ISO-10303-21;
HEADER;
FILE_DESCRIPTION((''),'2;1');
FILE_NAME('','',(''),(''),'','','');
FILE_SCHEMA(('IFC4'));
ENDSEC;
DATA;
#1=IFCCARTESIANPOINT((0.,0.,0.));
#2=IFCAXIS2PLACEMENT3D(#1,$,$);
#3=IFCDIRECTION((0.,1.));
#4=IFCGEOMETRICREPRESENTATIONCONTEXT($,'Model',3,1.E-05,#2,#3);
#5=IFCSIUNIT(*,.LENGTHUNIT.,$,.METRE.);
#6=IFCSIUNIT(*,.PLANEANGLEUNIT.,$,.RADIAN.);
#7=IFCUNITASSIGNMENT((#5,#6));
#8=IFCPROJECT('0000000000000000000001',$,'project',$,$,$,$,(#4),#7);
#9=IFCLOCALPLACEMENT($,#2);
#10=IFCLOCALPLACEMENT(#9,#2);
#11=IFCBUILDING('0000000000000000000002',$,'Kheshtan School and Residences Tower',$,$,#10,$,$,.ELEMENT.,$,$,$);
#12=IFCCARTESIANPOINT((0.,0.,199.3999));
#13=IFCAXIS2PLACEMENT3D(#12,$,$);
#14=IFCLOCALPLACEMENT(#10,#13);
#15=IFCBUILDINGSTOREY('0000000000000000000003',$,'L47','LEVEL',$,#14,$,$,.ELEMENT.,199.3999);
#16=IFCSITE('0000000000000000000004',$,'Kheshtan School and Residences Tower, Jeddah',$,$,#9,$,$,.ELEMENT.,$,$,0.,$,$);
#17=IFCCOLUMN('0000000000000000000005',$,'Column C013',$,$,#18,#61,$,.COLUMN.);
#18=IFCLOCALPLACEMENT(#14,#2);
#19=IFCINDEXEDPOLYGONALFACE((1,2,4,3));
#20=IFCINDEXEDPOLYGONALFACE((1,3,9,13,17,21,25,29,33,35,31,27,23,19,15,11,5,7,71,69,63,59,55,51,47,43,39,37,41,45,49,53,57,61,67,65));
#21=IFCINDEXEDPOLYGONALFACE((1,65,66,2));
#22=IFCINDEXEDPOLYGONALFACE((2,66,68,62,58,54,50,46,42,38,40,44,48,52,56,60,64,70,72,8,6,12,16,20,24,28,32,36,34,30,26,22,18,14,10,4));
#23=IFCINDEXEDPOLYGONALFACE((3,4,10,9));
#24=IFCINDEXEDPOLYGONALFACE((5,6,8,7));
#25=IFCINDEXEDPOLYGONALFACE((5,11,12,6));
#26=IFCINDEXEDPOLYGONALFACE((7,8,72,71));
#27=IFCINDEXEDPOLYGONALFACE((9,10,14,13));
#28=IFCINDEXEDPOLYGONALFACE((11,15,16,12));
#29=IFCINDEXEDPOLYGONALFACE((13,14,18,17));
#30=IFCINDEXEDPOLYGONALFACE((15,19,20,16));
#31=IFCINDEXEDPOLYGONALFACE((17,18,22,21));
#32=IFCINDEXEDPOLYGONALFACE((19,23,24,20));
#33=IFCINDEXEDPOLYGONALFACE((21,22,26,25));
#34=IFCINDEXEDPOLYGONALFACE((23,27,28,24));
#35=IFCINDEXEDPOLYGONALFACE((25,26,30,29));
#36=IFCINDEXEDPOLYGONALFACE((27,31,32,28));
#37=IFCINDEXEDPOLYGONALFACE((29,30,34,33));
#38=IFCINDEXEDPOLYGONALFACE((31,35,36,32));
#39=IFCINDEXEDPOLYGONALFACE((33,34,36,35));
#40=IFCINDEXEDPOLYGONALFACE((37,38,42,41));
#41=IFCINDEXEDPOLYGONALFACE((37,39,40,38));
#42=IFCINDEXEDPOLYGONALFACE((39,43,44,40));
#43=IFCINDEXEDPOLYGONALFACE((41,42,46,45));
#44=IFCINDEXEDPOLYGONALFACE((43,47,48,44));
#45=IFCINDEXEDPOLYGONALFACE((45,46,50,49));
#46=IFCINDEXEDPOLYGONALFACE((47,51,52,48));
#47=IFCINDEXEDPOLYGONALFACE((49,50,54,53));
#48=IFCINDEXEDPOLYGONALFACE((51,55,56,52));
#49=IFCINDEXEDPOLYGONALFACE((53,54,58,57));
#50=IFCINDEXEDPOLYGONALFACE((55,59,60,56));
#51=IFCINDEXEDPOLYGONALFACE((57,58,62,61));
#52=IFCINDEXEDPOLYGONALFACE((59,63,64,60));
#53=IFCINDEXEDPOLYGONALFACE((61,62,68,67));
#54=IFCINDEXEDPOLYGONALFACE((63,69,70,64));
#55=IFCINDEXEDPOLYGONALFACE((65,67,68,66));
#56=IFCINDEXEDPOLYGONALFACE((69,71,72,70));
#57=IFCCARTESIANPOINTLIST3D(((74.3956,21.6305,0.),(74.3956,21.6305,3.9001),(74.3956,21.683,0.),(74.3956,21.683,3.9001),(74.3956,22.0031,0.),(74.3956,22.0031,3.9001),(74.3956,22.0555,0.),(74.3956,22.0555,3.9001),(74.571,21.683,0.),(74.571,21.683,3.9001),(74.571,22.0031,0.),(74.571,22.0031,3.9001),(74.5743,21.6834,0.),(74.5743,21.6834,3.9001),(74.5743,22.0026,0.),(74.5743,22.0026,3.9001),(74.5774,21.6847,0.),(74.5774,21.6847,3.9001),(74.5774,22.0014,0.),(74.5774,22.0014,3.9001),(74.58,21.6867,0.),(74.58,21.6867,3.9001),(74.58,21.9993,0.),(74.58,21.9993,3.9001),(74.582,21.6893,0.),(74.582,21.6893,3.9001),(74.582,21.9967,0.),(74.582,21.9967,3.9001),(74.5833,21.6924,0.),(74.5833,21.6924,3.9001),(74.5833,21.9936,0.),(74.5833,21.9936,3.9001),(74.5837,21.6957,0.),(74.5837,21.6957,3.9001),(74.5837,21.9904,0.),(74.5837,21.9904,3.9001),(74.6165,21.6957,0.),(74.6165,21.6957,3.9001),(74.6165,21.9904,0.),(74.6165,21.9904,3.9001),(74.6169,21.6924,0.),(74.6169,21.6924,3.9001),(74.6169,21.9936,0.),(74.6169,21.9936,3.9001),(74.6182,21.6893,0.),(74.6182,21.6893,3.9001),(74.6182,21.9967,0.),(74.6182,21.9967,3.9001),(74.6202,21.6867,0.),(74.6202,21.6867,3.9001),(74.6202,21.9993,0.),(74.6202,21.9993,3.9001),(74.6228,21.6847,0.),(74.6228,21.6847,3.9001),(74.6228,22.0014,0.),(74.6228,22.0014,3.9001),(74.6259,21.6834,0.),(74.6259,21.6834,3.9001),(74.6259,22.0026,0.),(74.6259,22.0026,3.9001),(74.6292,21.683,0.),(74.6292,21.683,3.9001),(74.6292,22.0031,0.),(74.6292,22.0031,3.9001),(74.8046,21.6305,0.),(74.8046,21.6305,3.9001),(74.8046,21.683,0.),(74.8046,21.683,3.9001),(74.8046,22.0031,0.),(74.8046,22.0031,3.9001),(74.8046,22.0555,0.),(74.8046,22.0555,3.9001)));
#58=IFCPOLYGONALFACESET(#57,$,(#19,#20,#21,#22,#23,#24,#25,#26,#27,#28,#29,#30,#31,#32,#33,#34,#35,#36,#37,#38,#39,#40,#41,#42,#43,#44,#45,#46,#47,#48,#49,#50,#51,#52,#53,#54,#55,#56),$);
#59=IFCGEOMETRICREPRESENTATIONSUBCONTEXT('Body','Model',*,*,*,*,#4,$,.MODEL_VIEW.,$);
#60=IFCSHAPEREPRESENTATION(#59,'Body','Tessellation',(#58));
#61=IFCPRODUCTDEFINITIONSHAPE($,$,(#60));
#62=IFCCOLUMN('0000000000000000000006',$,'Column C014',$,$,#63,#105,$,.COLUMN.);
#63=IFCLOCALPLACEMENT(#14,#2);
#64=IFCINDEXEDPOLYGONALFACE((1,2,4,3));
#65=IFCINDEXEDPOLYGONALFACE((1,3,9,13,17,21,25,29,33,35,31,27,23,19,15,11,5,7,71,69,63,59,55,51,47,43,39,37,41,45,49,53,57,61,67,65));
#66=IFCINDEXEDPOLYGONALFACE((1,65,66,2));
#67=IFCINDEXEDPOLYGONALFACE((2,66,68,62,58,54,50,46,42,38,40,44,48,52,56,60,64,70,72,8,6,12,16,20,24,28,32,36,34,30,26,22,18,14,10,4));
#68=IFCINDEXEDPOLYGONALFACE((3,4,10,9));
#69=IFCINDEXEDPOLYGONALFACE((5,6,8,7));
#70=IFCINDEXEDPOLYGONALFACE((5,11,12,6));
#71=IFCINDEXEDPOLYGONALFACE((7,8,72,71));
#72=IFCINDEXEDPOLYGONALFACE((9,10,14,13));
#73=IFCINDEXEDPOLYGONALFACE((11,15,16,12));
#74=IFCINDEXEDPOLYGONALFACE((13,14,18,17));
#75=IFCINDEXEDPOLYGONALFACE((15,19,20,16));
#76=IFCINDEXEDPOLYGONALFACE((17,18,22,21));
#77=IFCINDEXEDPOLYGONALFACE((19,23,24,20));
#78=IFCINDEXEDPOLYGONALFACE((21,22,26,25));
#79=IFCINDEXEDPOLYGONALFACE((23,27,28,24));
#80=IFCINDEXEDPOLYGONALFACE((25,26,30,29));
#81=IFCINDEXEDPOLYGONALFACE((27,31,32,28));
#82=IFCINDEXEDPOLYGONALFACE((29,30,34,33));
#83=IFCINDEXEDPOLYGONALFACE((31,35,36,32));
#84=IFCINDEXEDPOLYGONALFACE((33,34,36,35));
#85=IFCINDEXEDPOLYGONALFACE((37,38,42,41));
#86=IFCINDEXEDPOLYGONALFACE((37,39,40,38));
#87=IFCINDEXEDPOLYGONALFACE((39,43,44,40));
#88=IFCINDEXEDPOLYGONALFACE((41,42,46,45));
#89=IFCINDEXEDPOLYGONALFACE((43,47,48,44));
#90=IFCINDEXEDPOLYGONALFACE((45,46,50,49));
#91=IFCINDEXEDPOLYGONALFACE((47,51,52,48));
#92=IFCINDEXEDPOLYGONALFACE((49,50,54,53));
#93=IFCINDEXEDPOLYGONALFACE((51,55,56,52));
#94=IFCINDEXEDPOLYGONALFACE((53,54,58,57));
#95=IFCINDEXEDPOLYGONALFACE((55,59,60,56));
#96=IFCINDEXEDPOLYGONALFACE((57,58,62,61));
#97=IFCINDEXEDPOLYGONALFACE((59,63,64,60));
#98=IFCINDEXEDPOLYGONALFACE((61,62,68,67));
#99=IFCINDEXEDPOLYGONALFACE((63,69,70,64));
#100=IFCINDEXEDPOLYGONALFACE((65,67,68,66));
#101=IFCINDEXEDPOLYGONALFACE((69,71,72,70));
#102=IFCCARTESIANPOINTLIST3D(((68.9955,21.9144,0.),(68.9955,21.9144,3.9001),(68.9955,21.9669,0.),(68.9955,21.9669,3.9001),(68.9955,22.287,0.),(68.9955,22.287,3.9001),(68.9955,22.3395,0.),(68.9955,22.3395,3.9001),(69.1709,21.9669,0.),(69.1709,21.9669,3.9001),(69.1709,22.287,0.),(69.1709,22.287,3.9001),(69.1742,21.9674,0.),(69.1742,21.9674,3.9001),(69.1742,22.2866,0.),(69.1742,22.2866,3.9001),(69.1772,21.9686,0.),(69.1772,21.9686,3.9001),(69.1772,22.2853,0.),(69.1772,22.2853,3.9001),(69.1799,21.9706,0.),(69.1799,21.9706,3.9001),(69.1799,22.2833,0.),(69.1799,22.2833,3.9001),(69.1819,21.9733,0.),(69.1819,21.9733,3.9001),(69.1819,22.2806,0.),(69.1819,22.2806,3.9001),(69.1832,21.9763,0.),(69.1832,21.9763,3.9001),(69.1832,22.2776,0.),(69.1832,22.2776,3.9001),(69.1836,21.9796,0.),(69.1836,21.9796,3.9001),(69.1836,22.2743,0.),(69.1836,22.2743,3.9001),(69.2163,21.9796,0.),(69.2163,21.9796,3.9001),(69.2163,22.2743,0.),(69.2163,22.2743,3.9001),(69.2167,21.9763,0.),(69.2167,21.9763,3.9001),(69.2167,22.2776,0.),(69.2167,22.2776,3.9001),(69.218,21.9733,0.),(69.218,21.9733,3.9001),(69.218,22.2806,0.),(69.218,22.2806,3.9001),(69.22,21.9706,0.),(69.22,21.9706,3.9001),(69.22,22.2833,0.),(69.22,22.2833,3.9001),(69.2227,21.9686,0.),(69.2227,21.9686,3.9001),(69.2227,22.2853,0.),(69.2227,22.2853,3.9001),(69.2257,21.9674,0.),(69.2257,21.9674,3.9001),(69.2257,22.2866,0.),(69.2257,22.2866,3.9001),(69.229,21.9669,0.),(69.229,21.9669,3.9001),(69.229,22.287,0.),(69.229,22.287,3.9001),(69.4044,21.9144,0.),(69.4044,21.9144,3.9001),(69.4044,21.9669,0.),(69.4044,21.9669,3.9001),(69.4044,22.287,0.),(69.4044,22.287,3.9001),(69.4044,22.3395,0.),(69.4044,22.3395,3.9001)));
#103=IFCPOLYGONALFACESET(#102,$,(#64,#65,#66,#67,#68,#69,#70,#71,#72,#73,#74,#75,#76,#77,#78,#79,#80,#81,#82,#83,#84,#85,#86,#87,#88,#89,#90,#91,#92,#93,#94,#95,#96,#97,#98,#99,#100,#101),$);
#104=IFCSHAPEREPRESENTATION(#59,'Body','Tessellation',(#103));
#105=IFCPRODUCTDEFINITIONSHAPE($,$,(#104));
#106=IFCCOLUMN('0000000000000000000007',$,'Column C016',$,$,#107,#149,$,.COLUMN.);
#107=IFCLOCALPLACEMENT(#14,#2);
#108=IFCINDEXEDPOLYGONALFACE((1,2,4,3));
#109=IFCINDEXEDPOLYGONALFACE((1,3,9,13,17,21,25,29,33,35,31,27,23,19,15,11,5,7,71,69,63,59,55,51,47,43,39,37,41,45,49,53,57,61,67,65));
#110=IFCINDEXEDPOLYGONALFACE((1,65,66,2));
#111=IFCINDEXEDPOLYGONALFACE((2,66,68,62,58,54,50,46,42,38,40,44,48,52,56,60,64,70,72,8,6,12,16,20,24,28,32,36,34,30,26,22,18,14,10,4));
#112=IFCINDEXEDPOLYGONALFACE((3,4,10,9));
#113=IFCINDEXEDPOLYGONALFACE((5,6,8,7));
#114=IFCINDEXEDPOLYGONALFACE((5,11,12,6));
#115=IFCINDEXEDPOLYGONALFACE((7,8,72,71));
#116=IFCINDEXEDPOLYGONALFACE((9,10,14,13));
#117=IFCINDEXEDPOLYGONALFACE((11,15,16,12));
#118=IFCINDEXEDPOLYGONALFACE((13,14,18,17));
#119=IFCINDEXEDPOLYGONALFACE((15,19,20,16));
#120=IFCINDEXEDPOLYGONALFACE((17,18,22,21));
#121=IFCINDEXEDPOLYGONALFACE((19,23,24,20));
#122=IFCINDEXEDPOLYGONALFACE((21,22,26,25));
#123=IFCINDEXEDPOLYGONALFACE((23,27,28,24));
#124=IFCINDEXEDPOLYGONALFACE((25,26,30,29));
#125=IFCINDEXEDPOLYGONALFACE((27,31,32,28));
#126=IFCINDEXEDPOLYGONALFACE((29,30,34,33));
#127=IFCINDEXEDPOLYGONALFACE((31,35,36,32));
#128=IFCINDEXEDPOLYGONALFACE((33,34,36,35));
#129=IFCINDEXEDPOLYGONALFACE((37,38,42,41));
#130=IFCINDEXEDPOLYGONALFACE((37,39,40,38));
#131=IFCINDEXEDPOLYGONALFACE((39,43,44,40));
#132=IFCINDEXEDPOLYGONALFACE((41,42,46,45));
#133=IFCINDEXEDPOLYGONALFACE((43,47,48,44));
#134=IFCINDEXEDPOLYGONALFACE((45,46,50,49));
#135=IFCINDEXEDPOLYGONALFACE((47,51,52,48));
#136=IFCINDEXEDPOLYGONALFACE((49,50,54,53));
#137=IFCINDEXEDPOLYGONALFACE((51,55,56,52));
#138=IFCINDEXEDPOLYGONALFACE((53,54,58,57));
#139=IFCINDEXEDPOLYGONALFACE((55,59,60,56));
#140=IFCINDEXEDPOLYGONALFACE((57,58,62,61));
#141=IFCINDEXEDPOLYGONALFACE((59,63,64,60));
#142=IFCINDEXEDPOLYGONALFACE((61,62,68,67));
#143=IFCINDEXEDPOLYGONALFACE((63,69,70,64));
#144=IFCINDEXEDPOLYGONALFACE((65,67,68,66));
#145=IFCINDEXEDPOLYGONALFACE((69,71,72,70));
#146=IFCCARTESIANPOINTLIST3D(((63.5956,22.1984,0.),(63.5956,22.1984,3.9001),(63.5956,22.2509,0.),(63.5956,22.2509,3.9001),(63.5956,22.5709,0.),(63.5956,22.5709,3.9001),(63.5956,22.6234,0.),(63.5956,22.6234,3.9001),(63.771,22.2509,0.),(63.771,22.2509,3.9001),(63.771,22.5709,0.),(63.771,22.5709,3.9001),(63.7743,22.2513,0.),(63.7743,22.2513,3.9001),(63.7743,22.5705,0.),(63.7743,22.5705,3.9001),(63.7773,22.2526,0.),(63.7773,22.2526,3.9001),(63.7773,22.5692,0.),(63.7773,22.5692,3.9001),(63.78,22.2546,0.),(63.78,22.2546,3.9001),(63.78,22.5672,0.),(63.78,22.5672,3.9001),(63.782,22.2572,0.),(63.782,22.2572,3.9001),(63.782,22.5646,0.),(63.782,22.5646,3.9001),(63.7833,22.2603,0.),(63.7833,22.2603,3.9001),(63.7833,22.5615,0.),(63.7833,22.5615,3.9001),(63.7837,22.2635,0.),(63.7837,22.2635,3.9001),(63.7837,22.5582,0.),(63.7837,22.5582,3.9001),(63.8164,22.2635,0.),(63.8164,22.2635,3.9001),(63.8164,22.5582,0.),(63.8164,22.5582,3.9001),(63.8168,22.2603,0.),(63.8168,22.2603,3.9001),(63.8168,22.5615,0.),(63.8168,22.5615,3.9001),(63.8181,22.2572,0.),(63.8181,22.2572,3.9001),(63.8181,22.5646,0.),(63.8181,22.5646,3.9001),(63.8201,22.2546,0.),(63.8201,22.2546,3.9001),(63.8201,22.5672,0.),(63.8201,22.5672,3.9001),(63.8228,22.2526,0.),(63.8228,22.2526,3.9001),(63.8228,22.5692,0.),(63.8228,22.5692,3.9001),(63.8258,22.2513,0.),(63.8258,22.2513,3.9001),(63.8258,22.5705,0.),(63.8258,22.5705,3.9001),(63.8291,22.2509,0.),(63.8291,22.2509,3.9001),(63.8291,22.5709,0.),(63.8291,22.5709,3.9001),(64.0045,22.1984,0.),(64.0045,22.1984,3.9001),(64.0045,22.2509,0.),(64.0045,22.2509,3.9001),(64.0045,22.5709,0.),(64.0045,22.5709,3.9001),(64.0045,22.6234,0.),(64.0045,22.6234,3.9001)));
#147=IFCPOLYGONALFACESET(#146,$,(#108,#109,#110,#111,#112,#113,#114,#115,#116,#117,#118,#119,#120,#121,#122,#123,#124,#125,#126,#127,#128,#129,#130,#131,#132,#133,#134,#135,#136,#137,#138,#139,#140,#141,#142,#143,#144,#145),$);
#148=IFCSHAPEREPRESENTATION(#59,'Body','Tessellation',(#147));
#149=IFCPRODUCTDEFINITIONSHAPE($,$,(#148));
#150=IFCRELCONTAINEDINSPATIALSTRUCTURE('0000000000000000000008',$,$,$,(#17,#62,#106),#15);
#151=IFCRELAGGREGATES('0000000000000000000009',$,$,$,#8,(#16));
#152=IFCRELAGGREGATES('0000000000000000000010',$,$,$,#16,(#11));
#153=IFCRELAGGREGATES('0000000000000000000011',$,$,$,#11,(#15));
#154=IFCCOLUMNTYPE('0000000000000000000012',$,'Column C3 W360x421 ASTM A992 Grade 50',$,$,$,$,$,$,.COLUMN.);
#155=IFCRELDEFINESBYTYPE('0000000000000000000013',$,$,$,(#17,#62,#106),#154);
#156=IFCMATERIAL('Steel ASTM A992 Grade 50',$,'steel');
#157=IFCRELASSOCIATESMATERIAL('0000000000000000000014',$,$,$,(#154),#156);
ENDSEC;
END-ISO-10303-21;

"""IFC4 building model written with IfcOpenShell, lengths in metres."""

from ifc_helpers import new_model, si_unit, direction, frame, origin, origin_2d, place, context, subcontext, project, spatial, i_section, extrude, material, material_profile, profile_set, type_object, element, save


model = new_model("IFC4")

# Units and contexts
model_context = context("Model", 3, precision=1e-05, world=origin(), true_north=direction((0.0, 1.0)))
body_context = subcontext(model_context, "Body", "Model", "MODEL_VIEW")
ifc_project = project(units=[si_unit("LENGTHUNIT", "METRE"), si_unit("PLANEANGLEUNIT", "RADIAN")], contexts=[model_context])

# Site, building, storey
site_placement = place(None, origin())
site = spatial("IfcSite", under=ifc_project, at=site_placement, Name="Kheshtan School and Residences Tower, Jeddah", CompositionType="ELEMENT", RefElevation=0.0)
building_placement = place(site_placement, origin())
building = spatial("IfcBuilding", under=site, at=building_placement, Name="Kheshtan School and Residences Tower", CompositionType="ELEMENT")
storey_placement = place(building_placement, frame((0.0, 0.0, 199.3999)))
storey = spatial("IfcBuildingStorey", under=building, at=storey_placement, Name="L47", Description="LEVEL", CompositionType="ELEMENT", Elevation=199.3999)

# Columns
ifc_material_1 = material(Name="Steel ASTM A992 Grade 50", Category="steel")
ifc_material_profile_1 = material_profile(ifc_material_1, i_section(OverallWidth=0.4089, OverallDepth=0.425, WebThickness=0.0327, FlangeThickness=0.0525, FilletRadius=0.0127, at=origin_2d()), Name="W360x421")
ifc_profile_set_1 = profile_set([ifc_material_profile_1], Name="Steel ASTM A992 Grade 50")
column_type_1 = type_object("IfcColumnType", Name="Column C3 W360x421 ASTM A992 Grade 50", PredefinedType="COLUMN", material=ifc_profile_set_1)
for number, where, z_axis, x_axis, name in (
    (1, (74.6001, 21.843, 0.0), (0.0, 0.0, 1.0), (1.0, 0.0, 0.0), "Column C013"),
    (2, (69.2, 22.127, 0.0), (0.0, 0.0, 1.0), (1.0, 0.0, 0.0), "Column C014"),
    (3, (63.8, 22.4109, 0.0), (0.0, 0.0, 1.0), (1.0, 0.0, 0.0), "Column C016"),
):
    element("IfcColumn", number, at=place(storey_placement, frame(where, z_axis=z_axis, x_axis=x_axis)), inside=storey, type_object=column_type_1, Name=name, PredefinedType="COLUMN", context=body_context, shape_type="SweptSolid", body=[
        extrude(i_section(OverallWidth=0.4089, OverallDepth=0.425, WebThickness=0.0327, FlangeThickness=0.0525, FilletRadius=0.0127, at=origin_2d()), origin(), (0.0, 0.0, 1.0), 3.9001),
    ])

save(model, "model.ifc")
